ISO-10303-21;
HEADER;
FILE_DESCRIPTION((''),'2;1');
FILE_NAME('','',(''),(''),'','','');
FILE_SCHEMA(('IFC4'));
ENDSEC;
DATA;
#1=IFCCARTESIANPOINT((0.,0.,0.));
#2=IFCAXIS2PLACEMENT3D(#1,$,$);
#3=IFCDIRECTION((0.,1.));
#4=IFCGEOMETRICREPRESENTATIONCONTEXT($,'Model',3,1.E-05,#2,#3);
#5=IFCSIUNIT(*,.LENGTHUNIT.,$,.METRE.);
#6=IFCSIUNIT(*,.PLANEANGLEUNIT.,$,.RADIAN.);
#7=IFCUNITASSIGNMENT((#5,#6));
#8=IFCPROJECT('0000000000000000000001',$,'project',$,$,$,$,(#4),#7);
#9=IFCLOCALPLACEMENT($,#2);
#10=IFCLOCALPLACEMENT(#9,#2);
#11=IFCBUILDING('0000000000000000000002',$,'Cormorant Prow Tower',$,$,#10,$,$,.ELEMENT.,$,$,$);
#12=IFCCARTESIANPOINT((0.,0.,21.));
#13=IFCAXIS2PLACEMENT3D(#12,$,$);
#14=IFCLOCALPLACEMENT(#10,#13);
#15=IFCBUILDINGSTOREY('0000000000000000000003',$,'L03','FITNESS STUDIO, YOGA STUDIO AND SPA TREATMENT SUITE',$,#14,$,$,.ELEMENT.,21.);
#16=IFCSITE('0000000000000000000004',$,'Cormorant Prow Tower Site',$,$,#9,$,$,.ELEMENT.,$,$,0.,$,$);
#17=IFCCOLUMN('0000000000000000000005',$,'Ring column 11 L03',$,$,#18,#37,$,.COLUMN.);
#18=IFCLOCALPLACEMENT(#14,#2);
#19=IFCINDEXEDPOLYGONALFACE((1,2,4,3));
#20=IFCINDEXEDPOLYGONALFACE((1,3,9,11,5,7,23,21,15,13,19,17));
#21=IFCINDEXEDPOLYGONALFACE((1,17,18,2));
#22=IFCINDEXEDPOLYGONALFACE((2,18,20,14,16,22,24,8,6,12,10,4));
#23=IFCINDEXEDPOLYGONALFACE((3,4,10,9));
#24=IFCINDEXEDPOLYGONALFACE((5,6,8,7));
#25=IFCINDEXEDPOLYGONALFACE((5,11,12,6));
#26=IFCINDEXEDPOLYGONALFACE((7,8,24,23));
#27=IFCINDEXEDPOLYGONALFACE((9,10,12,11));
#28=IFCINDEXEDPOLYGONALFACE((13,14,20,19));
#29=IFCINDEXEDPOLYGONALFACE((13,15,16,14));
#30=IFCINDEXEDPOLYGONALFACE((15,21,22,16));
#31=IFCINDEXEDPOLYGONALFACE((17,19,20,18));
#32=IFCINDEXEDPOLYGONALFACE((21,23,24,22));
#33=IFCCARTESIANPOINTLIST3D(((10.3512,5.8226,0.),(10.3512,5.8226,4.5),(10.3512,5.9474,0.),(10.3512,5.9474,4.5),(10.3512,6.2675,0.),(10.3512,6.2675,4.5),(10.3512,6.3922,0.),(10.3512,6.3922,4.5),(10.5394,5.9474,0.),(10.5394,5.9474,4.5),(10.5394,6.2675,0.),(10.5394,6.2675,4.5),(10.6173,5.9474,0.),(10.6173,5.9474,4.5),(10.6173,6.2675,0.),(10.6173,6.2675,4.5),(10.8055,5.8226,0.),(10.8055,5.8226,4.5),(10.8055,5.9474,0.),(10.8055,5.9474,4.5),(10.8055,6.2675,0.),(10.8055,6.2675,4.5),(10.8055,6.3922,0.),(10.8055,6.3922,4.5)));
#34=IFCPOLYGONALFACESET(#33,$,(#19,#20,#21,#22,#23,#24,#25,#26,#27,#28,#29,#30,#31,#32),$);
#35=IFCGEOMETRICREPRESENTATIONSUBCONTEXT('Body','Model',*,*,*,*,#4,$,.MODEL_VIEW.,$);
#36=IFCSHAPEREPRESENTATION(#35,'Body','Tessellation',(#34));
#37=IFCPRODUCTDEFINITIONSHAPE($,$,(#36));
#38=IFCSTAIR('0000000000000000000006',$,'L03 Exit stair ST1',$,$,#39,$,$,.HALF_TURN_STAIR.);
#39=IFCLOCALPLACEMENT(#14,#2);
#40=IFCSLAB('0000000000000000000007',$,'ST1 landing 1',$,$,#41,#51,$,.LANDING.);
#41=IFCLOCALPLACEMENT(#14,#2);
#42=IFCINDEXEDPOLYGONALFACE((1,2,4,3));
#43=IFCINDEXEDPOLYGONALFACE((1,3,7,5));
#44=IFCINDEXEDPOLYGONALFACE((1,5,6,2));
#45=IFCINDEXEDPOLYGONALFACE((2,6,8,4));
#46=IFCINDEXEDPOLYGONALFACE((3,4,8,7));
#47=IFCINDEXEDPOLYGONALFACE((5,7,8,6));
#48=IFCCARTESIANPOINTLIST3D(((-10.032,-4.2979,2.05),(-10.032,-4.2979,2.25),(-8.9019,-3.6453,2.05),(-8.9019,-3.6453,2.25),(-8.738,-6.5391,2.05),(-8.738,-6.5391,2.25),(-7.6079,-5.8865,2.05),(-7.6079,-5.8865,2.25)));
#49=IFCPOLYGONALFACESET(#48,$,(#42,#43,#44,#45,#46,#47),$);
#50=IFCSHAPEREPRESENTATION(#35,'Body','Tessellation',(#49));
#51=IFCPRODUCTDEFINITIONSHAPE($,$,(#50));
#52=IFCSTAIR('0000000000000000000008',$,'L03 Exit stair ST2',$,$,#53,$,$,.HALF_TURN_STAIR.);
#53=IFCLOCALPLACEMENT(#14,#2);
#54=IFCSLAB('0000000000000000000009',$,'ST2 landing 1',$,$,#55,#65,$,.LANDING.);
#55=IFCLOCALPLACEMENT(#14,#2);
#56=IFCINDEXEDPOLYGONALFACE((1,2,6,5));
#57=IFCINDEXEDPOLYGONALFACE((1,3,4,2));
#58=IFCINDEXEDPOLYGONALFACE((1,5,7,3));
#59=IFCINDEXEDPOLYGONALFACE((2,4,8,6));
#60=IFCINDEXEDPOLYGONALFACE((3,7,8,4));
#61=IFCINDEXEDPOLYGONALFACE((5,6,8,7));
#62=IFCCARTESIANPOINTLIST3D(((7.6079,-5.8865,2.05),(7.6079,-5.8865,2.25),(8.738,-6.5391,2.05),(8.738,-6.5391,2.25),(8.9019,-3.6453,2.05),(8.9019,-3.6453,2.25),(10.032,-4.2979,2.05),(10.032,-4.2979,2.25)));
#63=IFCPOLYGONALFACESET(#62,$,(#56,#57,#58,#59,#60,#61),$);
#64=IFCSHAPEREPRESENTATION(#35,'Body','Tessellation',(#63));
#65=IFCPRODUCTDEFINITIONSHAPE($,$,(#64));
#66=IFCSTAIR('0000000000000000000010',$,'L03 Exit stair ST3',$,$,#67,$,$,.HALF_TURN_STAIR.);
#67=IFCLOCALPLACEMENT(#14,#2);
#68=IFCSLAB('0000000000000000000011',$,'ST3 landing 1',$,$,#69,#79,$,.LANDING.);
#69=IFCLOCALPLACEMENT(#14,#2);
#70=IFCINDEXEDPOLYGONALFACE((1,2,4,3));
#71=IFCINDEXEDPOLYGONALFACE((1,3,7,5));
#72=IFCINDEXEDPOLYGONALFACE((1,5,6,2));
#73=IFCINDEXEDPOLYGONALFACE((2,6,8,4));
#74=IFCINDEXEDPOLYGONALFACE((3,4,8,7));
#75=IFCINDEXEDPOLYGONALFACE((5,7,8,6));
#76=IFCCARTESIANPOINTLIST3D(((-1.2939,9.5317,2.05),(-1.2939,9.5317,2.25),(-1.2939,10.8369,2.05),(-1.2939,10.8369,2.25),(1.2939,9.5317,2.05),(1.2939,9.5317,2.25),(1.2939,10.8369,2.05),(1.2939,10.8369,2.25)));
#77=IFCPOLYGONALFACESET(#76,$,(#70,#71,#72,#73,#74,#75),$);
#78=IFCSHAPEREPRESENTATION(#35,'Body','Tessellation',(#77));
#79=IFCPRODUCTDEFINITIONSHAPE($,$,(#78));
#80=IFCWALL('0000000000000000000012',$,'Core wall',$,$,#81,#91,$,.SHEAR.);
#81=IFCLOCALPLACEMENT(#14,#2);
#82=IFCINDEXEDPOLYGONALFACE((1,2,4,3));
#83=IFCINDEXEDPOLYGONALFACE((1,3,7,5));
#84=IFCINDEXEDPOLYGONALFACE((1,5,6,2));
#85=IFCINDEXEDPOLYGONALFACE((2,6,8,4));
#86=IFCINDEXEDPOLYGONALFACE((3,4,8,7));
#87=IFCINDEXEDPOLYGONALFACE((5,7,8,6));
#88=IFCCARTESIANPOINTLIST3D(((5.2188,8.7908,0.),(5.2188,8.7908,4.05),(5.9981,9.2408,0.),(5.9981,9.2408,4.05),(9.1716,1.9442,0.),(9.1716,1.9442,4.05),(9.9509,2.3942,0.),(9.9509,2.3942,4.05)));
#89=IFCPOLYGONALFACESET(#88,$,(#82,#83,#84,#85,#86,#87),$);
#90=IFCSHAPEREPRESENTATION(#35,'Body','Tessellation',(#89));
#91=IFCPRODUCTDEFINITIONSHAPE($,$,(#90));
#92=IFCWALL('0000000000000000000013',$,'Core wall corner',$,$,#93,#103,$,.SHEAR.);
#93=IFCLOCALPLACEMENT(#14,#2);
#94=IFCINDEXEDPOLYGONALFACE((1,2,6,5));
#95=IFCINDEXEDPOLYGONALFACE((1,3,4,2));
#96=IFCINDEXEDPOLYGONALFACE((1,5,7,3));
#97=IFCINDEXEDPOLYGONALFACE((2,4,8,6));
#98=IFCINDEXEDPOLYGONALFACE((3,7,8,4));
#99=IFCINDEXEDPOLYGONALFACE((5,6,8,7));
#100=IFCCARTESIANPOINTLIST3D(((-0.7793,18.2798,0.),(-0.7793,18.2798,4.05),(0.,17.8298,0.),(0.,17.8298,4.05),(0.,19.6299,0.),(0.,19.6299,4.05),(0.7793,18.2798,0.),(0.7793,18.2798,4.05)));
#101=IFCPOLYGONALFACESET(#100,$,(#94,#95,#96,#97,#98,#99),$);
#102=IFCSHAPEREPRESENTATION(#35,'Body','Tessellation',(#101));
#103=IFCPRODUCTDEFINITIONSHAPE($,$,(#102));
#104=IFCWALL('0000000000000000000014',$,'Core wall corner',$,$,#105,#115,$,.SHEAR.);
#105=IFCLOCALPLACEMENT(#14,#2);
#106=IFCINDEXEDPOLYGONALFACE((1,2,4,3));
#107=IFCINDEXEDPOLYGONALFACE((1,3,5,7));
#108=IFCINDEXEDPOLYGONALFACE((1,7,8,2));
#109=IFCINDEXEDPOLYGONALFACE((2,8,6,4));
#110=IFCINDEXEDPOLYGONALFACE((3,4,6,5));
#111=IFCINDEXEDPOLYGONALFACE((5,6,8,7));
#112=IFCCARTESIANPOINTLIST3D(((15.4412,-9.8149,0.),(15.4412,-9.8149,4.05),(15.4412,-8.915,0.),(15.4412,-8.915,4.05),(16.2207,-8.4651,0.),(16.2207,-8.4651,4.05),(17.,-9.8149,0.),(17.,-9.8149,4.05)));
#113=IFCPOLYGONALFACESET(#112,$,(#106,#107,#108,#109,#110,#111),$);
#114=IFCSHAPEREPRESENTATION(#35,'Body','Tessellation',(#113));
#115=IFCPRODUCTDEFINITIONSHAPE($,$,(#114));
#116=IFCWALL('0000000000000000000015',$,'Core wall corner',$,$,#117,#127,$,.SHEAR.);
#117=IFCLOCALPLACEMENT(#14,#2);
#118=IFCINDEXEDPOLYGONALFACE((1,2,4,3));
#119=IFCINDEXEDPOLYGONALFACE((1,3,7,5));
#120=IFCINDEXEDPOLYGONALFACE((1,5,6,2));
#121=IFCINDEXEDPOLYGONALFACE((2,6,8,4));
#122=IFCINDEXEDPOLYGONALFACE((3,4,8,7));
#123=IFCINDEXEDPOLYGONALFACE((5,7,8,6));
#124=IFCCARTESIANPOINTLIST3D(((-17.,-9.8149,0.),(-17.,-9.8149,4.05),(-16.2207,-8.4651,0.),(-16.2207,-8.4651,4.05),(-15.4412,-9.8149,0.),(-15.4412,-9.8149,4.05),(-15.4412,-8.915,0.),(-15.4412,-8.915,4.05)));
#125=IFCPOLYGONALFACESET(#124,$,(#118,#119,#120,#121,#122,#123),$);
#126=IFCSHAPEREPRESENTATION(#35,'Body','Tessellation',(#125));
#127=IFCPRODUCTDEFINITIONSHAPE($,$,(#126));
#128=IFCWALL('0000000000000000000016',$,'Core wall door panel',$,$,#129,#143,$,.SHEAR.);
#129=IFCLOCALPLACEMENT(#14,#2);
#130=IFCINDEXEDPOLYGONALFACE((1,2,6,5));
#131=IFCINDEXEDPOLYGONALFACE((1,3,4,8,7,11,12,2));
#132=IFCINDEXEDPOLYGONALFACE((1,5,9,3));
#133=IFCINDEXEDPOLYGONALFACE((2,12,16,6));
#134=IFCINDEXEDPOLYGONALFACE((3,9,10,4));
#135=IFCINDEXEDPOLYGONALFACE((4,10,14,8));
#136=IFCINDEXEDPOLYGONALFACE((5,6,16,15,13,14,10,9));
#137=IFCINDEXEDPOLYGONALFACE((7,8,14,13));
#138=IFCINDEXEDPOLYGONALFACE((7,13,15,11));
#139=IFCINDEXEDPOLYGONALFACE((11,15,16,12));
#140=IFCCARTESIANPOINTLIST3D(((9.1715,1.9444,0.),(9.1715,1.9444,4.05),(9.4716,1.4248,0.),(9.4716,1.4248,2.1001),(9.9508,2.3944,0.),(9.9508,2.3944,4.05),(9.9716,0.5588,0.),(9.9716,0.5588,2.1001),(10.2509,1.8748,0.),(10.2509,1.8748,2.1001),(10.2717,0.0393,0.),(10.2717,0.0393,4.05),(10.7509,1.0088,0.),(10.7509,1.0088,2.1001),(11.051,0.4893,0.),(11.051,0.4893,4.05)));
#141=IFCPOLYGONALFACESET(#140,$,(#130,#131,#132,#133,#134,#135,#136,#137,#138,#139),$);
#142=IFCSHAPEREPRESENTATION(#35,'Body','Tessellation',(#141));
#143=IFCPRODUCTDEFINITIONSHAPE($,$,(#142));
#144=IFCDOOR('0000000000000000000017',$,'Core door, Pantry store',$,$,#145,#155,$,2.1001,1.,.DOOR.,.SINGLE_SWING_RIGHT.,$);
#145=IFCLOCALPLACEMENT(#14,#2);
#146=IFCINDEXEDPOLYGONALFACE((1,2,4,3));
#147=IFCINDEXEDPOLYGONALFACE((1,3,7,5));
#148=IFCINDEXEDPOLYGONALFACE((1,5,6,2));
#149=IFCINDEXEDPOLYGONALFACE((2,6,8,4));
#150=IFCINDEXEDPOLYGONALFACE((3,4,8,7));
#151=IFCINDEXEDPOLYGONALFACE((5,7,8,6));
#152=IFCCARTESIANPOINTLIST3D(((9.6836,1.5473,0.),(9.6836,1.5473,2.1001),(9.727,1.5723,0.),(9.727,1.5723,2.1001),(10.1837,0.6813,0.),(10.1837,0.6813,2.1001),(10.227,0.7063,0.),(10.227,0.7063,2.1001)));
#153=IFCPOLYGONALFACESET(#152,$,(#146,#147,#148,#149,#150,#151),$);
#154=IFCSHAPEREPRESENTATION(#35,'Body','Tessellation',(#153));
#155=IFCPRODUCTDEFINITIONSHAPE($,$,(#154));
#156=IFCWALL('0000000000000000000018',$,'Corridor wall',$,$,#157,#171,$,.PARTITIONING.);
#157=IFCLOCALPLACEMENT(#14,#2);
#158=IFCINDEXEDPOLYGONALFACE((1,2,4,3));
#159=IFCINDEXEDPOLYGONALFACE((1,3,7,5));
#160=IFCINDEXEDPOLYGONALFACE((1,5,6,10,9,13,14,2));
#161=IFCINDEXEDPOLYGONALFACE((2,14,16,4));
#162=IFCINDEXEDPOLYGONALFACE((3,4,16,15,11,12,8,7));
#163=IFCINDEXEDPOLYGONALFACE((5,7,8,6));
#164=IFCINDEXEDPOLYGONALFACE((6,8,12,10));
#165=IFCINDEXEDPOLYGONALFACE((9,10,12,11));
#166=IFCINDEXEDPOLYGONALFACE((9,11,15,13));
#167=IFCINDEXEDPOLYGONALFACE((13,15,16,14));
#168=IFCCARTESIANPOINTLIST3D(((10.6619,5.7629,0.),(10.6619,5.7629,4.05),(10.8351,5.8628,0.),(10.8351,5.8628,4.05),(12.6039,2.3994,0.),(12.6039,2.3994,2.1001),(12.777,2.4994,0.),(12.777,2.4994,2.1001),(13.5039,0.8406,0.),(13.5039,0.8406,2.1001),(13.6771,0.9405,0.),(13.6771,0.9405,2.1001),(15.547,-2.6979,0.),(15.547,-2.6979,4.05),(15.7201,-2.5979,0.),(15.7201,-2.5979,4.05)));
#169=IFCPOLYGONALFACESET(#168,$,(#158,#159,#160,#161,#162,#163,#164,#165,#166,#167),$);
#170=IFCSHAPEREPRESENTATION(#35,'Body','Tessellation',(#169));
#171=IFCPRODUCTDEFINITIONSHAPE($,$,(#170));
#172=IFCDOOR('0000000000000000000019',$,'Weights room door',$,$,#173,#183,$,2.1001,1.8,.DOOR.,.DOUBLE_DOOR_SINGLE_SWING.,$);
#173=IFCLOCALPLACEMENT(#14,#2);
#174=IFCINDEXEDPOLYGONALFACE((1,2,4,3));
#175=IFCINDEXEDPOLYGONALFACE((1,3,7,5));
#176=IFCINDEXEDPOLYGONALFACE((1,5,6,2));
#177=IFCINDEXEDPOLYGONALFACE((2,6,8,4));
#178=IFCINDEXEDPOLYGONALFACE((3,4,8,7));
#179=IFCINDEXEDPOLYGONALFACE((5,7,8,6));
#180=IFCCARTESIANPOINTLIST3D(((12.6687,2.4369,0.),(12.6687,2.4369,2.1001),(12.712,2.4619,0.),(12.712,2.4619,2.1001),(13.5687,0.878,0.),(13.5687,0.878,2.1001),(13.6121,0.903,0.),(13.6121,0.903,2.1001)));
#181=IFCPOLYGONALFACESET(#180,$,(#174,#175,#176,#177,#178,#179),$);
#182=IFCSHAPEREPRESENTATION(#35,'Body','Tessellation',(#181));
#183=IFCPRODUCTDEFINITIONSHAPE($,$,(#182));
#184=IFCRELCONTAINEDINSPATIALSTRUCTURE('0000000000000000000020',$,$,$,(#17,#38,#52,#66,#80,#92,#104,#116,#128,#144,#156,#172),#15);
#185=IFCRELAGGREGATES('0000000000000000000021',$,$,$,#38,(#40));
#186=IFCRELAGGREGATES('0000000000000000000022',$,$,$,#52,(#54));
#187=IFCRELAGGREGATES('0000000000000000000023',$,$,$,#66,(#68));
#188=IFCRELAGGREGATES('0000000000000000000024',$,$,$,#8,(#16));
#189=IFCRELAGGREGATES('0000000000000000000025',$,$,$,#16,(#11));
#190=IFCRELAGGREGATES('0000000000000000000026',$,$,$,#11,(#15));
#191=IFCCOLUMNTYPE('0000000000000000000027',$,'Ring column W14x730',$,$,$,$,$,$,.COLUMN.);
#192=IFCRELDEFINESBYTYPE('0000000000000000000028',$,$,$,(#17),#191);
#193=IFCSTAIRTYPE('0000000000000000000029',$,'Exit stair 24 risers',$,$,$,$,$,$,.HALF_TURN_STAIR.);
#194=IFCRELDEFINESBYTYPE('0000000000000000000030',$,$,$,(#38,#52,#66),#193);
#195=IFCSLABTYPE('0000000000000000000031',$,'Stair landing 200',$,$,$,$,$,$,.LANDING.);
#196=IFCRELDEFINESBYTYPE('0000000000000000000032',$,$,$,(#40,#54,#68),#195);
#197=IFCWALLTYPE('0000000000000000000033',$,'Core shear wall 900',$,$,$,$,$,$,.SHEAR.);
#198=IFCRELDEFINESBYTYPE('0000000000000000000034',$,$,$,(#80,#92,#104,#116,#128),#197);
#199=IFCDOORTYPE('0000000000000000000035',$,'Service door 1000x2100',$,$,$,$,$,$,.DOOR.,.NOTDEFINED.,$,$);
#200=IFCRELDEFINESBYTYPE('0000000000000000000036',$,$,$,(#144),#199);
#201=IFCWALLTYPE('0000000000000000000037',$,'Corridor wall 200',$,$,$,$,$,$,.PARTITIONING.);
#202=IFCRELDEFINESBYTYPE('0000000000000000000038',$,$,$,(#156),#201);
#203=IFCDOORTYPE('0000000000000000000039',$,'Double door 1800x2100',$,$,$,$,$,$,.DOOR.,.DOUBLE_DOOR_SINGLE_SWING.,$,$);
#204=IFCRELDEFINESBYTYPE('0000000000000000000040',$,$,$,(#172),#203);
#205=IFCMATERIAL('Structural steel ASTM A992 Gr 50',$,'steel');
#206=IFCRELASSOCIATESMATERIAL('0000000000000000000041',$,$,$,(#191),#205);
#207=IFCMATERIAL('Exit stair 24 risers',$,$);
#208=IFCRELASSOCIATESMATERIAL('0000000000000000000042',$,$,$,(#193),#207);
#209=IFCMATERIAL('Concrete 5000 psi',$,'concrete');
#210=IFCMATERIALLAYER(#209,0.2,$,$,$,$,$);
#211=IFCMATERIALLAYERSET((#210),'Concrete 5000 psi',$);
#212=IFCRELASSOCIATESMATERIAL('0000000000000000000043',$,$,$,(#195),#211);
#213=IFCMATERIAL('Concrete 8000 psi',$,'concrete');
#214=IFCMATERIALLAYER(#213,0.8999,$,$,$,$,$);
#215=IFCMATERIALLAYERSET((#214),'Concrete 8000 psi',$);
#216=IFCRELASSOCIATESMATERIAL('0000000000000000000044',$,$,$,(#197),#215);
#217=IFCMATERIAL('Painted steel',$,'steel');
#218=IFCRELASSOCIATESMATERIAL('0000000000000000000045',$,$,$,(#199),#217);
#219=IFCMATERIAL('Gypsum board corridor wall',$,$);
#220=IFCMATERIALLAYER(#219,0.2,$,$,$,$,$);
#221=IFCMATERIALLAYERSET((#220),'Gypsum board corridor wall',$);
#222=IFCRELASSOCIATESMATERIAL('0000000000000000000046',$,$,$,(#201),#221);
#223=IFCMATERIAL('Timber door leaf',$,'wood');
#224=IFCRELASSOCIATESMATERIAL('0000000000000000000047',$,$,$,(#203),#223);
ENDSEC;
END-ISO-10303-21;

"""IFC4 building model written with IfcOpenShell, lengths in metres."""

from ifc_helpers import new_model, si_unit, direction, frame, frame_2d, origin, origin_2d, place, context, subcontext, project, spatial, polyline, rectangle, i_section, outline, extrude, material, layer, layer_set, material_profile, profile_set, type_object, element, fill, aggregate, save


model = new_model("IFC4")

# Units and contexts
model_context = context("Model", 3, precision=1e-05, world=origin(), true_north=direction((0.0, 1.0)))
body_context = subcontext(model_context, "Body", "Model", "MODEL_VIEW")
ifc_project = project(units=[si_unit("LENGTHUNIT", "METRE"), si_unit("PLANEANGLEUNIT", "RADIAN")], contexts=[model_context])

# Site, building, storey
site_placement = place(None, origin())
site = spatial("IfcSite", under=ifc_project, at=site_placement, Name="Cormorant Prow Tower Site", CompositionType="ELEMENT", RefElevation=0.0)
building_placement = place(site_placement, origin())
building = spatial("IfcBuilding", under=site, at=building_placement, Name="Cormorant Prow Tower", CompositionType="ELEMENT")
storey_placement = place(building_placement, frame((0.0, 0.0, 21.0)))
storey = spatial("IfcBuildingStorey", under=building, at=storey_placement, Name="L03", Description="FITNESS STUDIO, YOGA STUDIO AND SPA TREATMENT SUITE", CompositionType="ELEMENT", Elevation=21.0)

# Column
ifc_material_1 = material(Name="Structural steel ASTM A992 Gr 50", Category="steel")
ifc_material_profile = material_profile(ifc_material_1, i_section(OverallWidth=0.4543, OverallDepth=0.5696, WebThickness=0.0779, FlangeThickness=0.1248, at=origin_2d()), Name="W14x730")
ifc_profile_set = profile_set([ifc_material_profile], Name="Structural steel ASTM A992 Gr 50")
column_type = type_object("IfcColumnType", Name="Ring column W14x730", PredefinedType="COLUMN", material=ifc_profile_set)
column_placement = place(storey_placement, frame((10.5784, 6.1074, 0.0), z_axis=(0.0, 0.0, 1.0), x_axis=(1.0, 0.0, 0.0)))
element("IfcColumn", 1, at=column_placement, inside=storey, type_object=column_type, Name="Ring column 11 L03", PredefinedType="COLUMN", context=body_context, shape_type="SweptSolid", body=[
    extrude(i_section(OverallWidth=0.4543, OverallDepth=0.5696, WebThickness=0.0779, FlangeThickness=0.1248, at=origin_2d()), origin(), (0.0, 0.0, 1.0), 4.5),
])

# Stairs, slabs
ifc_material_2 = material(Name="Exit stair 24 risers")
stair_type = type_object("IfcStairType", Name="Exit stair 24 risers", PredefinedType="HALF_TURN_STAIR", material=ifc_material_2)
stair_1_placement = place(storey_placement, origin())
stair_1 = element("IfcStair", 2, at=stair_1_placement, inside=storey, type_object=stair_type, Name="L03 Exit stair ST1", PredefinedType="HALF_TURN_STAIR")
ifc_material_3 = material(Name="Concrete 5000 psi", Category="concrete")
ifc_layer_1 = layer(ifc_material_3, 0.2)
ifc_layer_set_1 = layer_set([ifc_layer_1], Name="Concrete 5000 psi")
slab_type = type_object("IfcSlabType", Name="Stair landing 200", PredefinedType="LANDING", material=ifc_layer_set_1)
slab_1_placement = place(storey_placement, frame((0.0, 0.0, 2.05)))
slab_1 = element("IfcSlab", 3, at=slab_1_placement, type_object=slab_type, Name="ST1 landing 1", PredefinedType="LANDING", context=body_context, shape_type="SweptSolid", body=[
    extrude(outline(polyline([(-8.9019, -3.6453), (-10.032, -4.2979), (-8.738, -6.5391), (-7.6079, -5.8865), (-8.9019, -3.6453)])), origin(), (0.0, 0.0, 1.0), 0.2),
])
aggregate(stair_1, [slab_1])
stair_2_placement = place(storey_placement, origin())
stair_2 = element("IfcStair", 4, at=stair_2_placement, inside=storey, type_object=stair_type, Name="L03 Exit stair ST2", PredefinedType="HALF_TURN_STAIR")
slab_2_placement = place(storey_placement, frame((0.0, 0.0, 2.05)))
slab_2 = element("IfcSlab", 5, at=slab_2_placement, type_object=slab_type, Name="ST2 landing 1", PredefinedType="LANDING", context=body_context, shape_type="SweptSolid", body=[
    extrude(outline(polyline([(7.6079, -5.8865), (8.738, -6.5391), (10.032, -4.2979), (8.9019, -3.6453), (7.6079, -5.8865)])), origin(), (0.0, 0.0, 1.0), 0.2),
])
aggregate(stair_2, [slab_2])
stair_3_placement = place(storey_placement, origin())
stair_3 = element("IfcStair", 6, at=stair_3_placement, inside=storey, type_object=stair_type, Name="L03 Exit stair ST3", PredefinedType="HALF_TURN_STAIR")
slab_3_placement = place(storey_placement, frame((0.0, 0.0, 2.05)))
slab_3 = element("IfcSlab", 7, at=slab_3_placement, type_object=slab_type, Name="ST3 landing 1", PredefinedType="LANDING", context=body_context, shape_type="SweptSolid", body=[
    extrude(outline(polyline([(1.2939, 9.5317), (1.2939, 10.8369), (-1.2939, 10.8369), (-1.2939, 9.5317), (1.2939, 9.5317)])), origin(), (0.0, 0.0, 1.0), 0.2),
])
aggregate(stair_3, [slab_3])

# Walls
ifc_material_4 = material(Name="Concrete 8000 psi", Category="concrete")
ifc_layer_2 = layer(ifc_material_4, 0.8999)
ifc_layer_set_2 = layer_set([ifc_layer_2], Name="Concrete 8000 psi")
wall_type_1 = type_object("IfcWallType", Name="Core shear wall 900", PredefinedType="SHEAR", material=ifc_layer_set_2)
wall_1_placement = place(storey_placement, frame((9.5613, 2.1692, 0.0), z_axis=(0.0, 0.0, 1.0), x_axis=(-0.499995, 0.866028, 0.0)))
element("IfcWall", 8, at=wall_1_placement, inside=storey, type_object=wall_type_1, Name="Core wall", PredefinedType="SHEAR", context=body_context, shape_type="SweptSolid", body=[
    extrude(rectangle(XDim=7.9058, YDim=0.8999, at=frame_2d((3.9529, 0.0))), origin(), (0.0, 0.0, 1.0), 4.05),
])
wall_2_placement = place(storey_placement, origin())
element("IfcWall", 9, at=wall_2_placement, inside=storey, type_object=wall_type_1, Name="Core wall corner", PredefinedType="SHEAR", context=body_context, shape_type="SweptSolid", body=[
    extrude(outline(polyline([(-0.7793, 18.2798), (0.0, 19.6299), (0.7793, 18.2798), (0.0, 17.8298), (-0.7793, 18.2798)])), origin(), (0.0, 0.0, 1.0), 4.05),
])
wall_3_placement = place(storey_placement, origin())
element("IfcWall", 10, at=wall_3_placement, inside=storey, type_object=wall_type_1, Name="Core wall corner", PredefinedType="SHEAR", context=body_context, shape_type="SweptSolid", body=[
    extrude(outline(polyline([(15.4412, -9.8149), (15.4412, -8.915), (16.2207, -8.4651), (17.0, -9.8149), (15.4412, -9.8149)])), origin(), (0.0, 0.0, 1.0), 4.05),
])
wall_4_placement = place(storey_placement, origin())
element("IfcWall", 11, at=wall_4_placement, inside=storey, type_object=wall_type_1, Name="Core wall corner", PredefinedType="SHEAR", context=body_context, shape_type="SweptSolid", body=[
    extrude(outline(polyline([(-16.2207, -8.4651), (-15.4412, -8.915), (-15.4412, -9.8149), (-17.0, -9.8149), (-16.2207, -8.4651)])), origin(), (0.0, 0.0, 1.0), 4.05),
])

# Walls, openings, doors
wall_5_placement = place(storey_placement, frame((10.6614, 0.2642, 0.0), z_axis=(0.0, 0.0, 1.0), x_axis=(-0.500078, 0.86598, 0.0)))
wall_5 = element("IfcWall", 12, at=wall_5_placement, inside=storey, type_object=wall_type_1, Name="Core wall door panel", PredefinedType="SHEAR", context=body_context, shape_type="SweptSolid", body=[
    extrude(rectangle(XDim=2.2, YDim=0.8999, at=frame_2d((1.1001, 0.0))), origin(), (0.0, 0.0, 1.0), 4.05),
])
opening_1_placement = place(wall_5_placement, frame((0.6001, 0.0, 0.0)))
opening_1 = element("IfcOpeningElement", 13, at=opening_1_placement, cuts=wall_5, PredefinedType="OPENING", context=body_context, shape_type="SweptSolid", body=[
    extrude(rectangle(XDim=1.0, YDim=2.1001, at=frame_2d((0.5, 1.05))), frame((0.0, 0.46, 0.0), z_axis=(0.0, -1.0, 0.0), x_axis=(1.0, 0.0, 0.0)), (0.0, 0.0, 1.0), 0.9199),
])
ifc_material_5 = material(Name="Painted steel", Category="steel")
door_type_1 = type_object("IfcDoorType", Name="Service door 1000x2100", OperationType="NOTDEFINED", PredefinedType="DOOR", material=ifc_material_5)
door_1_placement = place(opening_1_placement, origin())
door_1 = element("IfcDoor", 14, at=door_1_placement, inside=storey, type_object=door_type_1, Name="Core door, Pantry store", OperationType="SINGLE_SWING_RIGHT", OverallHeight=2.1001, OverallWidth=1.0, PredefinedType="DOOR", context=body_context, shape_type="SweptSolid", body=[
    extrude(rectangle(XDim=1.0, YDim=2.1001, at=frame_2d((0.5, 1.05))), frame((0.0, 0.2051, 0.0), z_axis=(0.0, -1.0, 0.0), x_axis=(1.0, 0.0, 0.0)), (0.0, 0.0, 1.0), 0.05),
])
fill(opening_1, door_1)
ifc_material_6 = material(Name="Gypsum board corridor wall")
ifc_layer_3 = layer(ifc_material_6, 0.2)
ifc_layer_set_3 = layer_set([ifc_layer_3], Name="Gypsum board corridor wall")
wall_type_2 = type_object("IfcWallType", Name="Corridor wall 200", PredefinedType="PARTITIONING", material=ifc_layer_set_3)
wall_6_placement = place(storey_placement, frame((10.7485, 5.8127, 0.0), z_axis=(0.0, 0.0, 1.0), x_axis=(0.500017, -0.866015, 0.0)))
wall_6 = element("IfcWall", 15, at=wall_6_placement, inside=storey, type_object=wall_type_2, Name="Corridor wall", PredefinedType="PARTITIONING", context=body_context, shape_type="SweptSolid", body=[
    extrude(rectangle(XDim=9.7698, YDim=0.2, at=frame_2d((4.8848, 0.0))), origin(), (0.0, 0.0, 1.0), 4.05),
])
opening_2_placement = place(wall_6_placement, frame((3.8838, 0.0, 0.0)))
opening_2 = element("IfcOpeningElement", 16, at=opening_2_placement, cuts=wall_6, PredefinedType="OPENING", context=body_context, shape_type="SweptSolid", body=[
    extrude(rectangle(XDim=1.8, YDim=2.1001, at=frame_2d((0.8999, 1.05))), frame((0.0, 0.1099, 0.0), z_axis=(0.0, -1.0, 0.0), x_axis=(1.0, 0.0, 0.0)), (0.0, 0.0, 1.0), 0.22),
])
ifc_material_7 = material(Name="Timber door leaf", Category="wood")
door_type_2 = type_object("IfcDoorType", Name="Double door 1800x2100", OperationType="DOUBLE_DOOR_SINGLE_SWING", PredefinedType="DOOR", material=ifc_material_7)
door_2_placement = place(opening_2_placement, origin())
door_2 = element("IfcDoor", 17, at=door_2_placement, inside=storey, type_object=door_type_2, Name="Weights room door", OperationType="DOUBLE_DOOR_SINGLE_SWING", OverallHeight=2.1001, OverallWidth=1.8, PredefinedType="DOOR", context=body_context, shape_type="SweptSolid", body=[
    extrude(rectangle(XDim=1.8, YDim=2.1001, at=frame_2d((0.8999, 1.05))), frame((0.0, 0.0249, 0.0), z_axis=(0.0, -1.0, 0.0), x_axis=(1.0, 0.0, 0.0)), (0.0, 0.0, 1.0), 0.05),
])
fill(opening_2, door_2)

save(model, "model.ifc")
